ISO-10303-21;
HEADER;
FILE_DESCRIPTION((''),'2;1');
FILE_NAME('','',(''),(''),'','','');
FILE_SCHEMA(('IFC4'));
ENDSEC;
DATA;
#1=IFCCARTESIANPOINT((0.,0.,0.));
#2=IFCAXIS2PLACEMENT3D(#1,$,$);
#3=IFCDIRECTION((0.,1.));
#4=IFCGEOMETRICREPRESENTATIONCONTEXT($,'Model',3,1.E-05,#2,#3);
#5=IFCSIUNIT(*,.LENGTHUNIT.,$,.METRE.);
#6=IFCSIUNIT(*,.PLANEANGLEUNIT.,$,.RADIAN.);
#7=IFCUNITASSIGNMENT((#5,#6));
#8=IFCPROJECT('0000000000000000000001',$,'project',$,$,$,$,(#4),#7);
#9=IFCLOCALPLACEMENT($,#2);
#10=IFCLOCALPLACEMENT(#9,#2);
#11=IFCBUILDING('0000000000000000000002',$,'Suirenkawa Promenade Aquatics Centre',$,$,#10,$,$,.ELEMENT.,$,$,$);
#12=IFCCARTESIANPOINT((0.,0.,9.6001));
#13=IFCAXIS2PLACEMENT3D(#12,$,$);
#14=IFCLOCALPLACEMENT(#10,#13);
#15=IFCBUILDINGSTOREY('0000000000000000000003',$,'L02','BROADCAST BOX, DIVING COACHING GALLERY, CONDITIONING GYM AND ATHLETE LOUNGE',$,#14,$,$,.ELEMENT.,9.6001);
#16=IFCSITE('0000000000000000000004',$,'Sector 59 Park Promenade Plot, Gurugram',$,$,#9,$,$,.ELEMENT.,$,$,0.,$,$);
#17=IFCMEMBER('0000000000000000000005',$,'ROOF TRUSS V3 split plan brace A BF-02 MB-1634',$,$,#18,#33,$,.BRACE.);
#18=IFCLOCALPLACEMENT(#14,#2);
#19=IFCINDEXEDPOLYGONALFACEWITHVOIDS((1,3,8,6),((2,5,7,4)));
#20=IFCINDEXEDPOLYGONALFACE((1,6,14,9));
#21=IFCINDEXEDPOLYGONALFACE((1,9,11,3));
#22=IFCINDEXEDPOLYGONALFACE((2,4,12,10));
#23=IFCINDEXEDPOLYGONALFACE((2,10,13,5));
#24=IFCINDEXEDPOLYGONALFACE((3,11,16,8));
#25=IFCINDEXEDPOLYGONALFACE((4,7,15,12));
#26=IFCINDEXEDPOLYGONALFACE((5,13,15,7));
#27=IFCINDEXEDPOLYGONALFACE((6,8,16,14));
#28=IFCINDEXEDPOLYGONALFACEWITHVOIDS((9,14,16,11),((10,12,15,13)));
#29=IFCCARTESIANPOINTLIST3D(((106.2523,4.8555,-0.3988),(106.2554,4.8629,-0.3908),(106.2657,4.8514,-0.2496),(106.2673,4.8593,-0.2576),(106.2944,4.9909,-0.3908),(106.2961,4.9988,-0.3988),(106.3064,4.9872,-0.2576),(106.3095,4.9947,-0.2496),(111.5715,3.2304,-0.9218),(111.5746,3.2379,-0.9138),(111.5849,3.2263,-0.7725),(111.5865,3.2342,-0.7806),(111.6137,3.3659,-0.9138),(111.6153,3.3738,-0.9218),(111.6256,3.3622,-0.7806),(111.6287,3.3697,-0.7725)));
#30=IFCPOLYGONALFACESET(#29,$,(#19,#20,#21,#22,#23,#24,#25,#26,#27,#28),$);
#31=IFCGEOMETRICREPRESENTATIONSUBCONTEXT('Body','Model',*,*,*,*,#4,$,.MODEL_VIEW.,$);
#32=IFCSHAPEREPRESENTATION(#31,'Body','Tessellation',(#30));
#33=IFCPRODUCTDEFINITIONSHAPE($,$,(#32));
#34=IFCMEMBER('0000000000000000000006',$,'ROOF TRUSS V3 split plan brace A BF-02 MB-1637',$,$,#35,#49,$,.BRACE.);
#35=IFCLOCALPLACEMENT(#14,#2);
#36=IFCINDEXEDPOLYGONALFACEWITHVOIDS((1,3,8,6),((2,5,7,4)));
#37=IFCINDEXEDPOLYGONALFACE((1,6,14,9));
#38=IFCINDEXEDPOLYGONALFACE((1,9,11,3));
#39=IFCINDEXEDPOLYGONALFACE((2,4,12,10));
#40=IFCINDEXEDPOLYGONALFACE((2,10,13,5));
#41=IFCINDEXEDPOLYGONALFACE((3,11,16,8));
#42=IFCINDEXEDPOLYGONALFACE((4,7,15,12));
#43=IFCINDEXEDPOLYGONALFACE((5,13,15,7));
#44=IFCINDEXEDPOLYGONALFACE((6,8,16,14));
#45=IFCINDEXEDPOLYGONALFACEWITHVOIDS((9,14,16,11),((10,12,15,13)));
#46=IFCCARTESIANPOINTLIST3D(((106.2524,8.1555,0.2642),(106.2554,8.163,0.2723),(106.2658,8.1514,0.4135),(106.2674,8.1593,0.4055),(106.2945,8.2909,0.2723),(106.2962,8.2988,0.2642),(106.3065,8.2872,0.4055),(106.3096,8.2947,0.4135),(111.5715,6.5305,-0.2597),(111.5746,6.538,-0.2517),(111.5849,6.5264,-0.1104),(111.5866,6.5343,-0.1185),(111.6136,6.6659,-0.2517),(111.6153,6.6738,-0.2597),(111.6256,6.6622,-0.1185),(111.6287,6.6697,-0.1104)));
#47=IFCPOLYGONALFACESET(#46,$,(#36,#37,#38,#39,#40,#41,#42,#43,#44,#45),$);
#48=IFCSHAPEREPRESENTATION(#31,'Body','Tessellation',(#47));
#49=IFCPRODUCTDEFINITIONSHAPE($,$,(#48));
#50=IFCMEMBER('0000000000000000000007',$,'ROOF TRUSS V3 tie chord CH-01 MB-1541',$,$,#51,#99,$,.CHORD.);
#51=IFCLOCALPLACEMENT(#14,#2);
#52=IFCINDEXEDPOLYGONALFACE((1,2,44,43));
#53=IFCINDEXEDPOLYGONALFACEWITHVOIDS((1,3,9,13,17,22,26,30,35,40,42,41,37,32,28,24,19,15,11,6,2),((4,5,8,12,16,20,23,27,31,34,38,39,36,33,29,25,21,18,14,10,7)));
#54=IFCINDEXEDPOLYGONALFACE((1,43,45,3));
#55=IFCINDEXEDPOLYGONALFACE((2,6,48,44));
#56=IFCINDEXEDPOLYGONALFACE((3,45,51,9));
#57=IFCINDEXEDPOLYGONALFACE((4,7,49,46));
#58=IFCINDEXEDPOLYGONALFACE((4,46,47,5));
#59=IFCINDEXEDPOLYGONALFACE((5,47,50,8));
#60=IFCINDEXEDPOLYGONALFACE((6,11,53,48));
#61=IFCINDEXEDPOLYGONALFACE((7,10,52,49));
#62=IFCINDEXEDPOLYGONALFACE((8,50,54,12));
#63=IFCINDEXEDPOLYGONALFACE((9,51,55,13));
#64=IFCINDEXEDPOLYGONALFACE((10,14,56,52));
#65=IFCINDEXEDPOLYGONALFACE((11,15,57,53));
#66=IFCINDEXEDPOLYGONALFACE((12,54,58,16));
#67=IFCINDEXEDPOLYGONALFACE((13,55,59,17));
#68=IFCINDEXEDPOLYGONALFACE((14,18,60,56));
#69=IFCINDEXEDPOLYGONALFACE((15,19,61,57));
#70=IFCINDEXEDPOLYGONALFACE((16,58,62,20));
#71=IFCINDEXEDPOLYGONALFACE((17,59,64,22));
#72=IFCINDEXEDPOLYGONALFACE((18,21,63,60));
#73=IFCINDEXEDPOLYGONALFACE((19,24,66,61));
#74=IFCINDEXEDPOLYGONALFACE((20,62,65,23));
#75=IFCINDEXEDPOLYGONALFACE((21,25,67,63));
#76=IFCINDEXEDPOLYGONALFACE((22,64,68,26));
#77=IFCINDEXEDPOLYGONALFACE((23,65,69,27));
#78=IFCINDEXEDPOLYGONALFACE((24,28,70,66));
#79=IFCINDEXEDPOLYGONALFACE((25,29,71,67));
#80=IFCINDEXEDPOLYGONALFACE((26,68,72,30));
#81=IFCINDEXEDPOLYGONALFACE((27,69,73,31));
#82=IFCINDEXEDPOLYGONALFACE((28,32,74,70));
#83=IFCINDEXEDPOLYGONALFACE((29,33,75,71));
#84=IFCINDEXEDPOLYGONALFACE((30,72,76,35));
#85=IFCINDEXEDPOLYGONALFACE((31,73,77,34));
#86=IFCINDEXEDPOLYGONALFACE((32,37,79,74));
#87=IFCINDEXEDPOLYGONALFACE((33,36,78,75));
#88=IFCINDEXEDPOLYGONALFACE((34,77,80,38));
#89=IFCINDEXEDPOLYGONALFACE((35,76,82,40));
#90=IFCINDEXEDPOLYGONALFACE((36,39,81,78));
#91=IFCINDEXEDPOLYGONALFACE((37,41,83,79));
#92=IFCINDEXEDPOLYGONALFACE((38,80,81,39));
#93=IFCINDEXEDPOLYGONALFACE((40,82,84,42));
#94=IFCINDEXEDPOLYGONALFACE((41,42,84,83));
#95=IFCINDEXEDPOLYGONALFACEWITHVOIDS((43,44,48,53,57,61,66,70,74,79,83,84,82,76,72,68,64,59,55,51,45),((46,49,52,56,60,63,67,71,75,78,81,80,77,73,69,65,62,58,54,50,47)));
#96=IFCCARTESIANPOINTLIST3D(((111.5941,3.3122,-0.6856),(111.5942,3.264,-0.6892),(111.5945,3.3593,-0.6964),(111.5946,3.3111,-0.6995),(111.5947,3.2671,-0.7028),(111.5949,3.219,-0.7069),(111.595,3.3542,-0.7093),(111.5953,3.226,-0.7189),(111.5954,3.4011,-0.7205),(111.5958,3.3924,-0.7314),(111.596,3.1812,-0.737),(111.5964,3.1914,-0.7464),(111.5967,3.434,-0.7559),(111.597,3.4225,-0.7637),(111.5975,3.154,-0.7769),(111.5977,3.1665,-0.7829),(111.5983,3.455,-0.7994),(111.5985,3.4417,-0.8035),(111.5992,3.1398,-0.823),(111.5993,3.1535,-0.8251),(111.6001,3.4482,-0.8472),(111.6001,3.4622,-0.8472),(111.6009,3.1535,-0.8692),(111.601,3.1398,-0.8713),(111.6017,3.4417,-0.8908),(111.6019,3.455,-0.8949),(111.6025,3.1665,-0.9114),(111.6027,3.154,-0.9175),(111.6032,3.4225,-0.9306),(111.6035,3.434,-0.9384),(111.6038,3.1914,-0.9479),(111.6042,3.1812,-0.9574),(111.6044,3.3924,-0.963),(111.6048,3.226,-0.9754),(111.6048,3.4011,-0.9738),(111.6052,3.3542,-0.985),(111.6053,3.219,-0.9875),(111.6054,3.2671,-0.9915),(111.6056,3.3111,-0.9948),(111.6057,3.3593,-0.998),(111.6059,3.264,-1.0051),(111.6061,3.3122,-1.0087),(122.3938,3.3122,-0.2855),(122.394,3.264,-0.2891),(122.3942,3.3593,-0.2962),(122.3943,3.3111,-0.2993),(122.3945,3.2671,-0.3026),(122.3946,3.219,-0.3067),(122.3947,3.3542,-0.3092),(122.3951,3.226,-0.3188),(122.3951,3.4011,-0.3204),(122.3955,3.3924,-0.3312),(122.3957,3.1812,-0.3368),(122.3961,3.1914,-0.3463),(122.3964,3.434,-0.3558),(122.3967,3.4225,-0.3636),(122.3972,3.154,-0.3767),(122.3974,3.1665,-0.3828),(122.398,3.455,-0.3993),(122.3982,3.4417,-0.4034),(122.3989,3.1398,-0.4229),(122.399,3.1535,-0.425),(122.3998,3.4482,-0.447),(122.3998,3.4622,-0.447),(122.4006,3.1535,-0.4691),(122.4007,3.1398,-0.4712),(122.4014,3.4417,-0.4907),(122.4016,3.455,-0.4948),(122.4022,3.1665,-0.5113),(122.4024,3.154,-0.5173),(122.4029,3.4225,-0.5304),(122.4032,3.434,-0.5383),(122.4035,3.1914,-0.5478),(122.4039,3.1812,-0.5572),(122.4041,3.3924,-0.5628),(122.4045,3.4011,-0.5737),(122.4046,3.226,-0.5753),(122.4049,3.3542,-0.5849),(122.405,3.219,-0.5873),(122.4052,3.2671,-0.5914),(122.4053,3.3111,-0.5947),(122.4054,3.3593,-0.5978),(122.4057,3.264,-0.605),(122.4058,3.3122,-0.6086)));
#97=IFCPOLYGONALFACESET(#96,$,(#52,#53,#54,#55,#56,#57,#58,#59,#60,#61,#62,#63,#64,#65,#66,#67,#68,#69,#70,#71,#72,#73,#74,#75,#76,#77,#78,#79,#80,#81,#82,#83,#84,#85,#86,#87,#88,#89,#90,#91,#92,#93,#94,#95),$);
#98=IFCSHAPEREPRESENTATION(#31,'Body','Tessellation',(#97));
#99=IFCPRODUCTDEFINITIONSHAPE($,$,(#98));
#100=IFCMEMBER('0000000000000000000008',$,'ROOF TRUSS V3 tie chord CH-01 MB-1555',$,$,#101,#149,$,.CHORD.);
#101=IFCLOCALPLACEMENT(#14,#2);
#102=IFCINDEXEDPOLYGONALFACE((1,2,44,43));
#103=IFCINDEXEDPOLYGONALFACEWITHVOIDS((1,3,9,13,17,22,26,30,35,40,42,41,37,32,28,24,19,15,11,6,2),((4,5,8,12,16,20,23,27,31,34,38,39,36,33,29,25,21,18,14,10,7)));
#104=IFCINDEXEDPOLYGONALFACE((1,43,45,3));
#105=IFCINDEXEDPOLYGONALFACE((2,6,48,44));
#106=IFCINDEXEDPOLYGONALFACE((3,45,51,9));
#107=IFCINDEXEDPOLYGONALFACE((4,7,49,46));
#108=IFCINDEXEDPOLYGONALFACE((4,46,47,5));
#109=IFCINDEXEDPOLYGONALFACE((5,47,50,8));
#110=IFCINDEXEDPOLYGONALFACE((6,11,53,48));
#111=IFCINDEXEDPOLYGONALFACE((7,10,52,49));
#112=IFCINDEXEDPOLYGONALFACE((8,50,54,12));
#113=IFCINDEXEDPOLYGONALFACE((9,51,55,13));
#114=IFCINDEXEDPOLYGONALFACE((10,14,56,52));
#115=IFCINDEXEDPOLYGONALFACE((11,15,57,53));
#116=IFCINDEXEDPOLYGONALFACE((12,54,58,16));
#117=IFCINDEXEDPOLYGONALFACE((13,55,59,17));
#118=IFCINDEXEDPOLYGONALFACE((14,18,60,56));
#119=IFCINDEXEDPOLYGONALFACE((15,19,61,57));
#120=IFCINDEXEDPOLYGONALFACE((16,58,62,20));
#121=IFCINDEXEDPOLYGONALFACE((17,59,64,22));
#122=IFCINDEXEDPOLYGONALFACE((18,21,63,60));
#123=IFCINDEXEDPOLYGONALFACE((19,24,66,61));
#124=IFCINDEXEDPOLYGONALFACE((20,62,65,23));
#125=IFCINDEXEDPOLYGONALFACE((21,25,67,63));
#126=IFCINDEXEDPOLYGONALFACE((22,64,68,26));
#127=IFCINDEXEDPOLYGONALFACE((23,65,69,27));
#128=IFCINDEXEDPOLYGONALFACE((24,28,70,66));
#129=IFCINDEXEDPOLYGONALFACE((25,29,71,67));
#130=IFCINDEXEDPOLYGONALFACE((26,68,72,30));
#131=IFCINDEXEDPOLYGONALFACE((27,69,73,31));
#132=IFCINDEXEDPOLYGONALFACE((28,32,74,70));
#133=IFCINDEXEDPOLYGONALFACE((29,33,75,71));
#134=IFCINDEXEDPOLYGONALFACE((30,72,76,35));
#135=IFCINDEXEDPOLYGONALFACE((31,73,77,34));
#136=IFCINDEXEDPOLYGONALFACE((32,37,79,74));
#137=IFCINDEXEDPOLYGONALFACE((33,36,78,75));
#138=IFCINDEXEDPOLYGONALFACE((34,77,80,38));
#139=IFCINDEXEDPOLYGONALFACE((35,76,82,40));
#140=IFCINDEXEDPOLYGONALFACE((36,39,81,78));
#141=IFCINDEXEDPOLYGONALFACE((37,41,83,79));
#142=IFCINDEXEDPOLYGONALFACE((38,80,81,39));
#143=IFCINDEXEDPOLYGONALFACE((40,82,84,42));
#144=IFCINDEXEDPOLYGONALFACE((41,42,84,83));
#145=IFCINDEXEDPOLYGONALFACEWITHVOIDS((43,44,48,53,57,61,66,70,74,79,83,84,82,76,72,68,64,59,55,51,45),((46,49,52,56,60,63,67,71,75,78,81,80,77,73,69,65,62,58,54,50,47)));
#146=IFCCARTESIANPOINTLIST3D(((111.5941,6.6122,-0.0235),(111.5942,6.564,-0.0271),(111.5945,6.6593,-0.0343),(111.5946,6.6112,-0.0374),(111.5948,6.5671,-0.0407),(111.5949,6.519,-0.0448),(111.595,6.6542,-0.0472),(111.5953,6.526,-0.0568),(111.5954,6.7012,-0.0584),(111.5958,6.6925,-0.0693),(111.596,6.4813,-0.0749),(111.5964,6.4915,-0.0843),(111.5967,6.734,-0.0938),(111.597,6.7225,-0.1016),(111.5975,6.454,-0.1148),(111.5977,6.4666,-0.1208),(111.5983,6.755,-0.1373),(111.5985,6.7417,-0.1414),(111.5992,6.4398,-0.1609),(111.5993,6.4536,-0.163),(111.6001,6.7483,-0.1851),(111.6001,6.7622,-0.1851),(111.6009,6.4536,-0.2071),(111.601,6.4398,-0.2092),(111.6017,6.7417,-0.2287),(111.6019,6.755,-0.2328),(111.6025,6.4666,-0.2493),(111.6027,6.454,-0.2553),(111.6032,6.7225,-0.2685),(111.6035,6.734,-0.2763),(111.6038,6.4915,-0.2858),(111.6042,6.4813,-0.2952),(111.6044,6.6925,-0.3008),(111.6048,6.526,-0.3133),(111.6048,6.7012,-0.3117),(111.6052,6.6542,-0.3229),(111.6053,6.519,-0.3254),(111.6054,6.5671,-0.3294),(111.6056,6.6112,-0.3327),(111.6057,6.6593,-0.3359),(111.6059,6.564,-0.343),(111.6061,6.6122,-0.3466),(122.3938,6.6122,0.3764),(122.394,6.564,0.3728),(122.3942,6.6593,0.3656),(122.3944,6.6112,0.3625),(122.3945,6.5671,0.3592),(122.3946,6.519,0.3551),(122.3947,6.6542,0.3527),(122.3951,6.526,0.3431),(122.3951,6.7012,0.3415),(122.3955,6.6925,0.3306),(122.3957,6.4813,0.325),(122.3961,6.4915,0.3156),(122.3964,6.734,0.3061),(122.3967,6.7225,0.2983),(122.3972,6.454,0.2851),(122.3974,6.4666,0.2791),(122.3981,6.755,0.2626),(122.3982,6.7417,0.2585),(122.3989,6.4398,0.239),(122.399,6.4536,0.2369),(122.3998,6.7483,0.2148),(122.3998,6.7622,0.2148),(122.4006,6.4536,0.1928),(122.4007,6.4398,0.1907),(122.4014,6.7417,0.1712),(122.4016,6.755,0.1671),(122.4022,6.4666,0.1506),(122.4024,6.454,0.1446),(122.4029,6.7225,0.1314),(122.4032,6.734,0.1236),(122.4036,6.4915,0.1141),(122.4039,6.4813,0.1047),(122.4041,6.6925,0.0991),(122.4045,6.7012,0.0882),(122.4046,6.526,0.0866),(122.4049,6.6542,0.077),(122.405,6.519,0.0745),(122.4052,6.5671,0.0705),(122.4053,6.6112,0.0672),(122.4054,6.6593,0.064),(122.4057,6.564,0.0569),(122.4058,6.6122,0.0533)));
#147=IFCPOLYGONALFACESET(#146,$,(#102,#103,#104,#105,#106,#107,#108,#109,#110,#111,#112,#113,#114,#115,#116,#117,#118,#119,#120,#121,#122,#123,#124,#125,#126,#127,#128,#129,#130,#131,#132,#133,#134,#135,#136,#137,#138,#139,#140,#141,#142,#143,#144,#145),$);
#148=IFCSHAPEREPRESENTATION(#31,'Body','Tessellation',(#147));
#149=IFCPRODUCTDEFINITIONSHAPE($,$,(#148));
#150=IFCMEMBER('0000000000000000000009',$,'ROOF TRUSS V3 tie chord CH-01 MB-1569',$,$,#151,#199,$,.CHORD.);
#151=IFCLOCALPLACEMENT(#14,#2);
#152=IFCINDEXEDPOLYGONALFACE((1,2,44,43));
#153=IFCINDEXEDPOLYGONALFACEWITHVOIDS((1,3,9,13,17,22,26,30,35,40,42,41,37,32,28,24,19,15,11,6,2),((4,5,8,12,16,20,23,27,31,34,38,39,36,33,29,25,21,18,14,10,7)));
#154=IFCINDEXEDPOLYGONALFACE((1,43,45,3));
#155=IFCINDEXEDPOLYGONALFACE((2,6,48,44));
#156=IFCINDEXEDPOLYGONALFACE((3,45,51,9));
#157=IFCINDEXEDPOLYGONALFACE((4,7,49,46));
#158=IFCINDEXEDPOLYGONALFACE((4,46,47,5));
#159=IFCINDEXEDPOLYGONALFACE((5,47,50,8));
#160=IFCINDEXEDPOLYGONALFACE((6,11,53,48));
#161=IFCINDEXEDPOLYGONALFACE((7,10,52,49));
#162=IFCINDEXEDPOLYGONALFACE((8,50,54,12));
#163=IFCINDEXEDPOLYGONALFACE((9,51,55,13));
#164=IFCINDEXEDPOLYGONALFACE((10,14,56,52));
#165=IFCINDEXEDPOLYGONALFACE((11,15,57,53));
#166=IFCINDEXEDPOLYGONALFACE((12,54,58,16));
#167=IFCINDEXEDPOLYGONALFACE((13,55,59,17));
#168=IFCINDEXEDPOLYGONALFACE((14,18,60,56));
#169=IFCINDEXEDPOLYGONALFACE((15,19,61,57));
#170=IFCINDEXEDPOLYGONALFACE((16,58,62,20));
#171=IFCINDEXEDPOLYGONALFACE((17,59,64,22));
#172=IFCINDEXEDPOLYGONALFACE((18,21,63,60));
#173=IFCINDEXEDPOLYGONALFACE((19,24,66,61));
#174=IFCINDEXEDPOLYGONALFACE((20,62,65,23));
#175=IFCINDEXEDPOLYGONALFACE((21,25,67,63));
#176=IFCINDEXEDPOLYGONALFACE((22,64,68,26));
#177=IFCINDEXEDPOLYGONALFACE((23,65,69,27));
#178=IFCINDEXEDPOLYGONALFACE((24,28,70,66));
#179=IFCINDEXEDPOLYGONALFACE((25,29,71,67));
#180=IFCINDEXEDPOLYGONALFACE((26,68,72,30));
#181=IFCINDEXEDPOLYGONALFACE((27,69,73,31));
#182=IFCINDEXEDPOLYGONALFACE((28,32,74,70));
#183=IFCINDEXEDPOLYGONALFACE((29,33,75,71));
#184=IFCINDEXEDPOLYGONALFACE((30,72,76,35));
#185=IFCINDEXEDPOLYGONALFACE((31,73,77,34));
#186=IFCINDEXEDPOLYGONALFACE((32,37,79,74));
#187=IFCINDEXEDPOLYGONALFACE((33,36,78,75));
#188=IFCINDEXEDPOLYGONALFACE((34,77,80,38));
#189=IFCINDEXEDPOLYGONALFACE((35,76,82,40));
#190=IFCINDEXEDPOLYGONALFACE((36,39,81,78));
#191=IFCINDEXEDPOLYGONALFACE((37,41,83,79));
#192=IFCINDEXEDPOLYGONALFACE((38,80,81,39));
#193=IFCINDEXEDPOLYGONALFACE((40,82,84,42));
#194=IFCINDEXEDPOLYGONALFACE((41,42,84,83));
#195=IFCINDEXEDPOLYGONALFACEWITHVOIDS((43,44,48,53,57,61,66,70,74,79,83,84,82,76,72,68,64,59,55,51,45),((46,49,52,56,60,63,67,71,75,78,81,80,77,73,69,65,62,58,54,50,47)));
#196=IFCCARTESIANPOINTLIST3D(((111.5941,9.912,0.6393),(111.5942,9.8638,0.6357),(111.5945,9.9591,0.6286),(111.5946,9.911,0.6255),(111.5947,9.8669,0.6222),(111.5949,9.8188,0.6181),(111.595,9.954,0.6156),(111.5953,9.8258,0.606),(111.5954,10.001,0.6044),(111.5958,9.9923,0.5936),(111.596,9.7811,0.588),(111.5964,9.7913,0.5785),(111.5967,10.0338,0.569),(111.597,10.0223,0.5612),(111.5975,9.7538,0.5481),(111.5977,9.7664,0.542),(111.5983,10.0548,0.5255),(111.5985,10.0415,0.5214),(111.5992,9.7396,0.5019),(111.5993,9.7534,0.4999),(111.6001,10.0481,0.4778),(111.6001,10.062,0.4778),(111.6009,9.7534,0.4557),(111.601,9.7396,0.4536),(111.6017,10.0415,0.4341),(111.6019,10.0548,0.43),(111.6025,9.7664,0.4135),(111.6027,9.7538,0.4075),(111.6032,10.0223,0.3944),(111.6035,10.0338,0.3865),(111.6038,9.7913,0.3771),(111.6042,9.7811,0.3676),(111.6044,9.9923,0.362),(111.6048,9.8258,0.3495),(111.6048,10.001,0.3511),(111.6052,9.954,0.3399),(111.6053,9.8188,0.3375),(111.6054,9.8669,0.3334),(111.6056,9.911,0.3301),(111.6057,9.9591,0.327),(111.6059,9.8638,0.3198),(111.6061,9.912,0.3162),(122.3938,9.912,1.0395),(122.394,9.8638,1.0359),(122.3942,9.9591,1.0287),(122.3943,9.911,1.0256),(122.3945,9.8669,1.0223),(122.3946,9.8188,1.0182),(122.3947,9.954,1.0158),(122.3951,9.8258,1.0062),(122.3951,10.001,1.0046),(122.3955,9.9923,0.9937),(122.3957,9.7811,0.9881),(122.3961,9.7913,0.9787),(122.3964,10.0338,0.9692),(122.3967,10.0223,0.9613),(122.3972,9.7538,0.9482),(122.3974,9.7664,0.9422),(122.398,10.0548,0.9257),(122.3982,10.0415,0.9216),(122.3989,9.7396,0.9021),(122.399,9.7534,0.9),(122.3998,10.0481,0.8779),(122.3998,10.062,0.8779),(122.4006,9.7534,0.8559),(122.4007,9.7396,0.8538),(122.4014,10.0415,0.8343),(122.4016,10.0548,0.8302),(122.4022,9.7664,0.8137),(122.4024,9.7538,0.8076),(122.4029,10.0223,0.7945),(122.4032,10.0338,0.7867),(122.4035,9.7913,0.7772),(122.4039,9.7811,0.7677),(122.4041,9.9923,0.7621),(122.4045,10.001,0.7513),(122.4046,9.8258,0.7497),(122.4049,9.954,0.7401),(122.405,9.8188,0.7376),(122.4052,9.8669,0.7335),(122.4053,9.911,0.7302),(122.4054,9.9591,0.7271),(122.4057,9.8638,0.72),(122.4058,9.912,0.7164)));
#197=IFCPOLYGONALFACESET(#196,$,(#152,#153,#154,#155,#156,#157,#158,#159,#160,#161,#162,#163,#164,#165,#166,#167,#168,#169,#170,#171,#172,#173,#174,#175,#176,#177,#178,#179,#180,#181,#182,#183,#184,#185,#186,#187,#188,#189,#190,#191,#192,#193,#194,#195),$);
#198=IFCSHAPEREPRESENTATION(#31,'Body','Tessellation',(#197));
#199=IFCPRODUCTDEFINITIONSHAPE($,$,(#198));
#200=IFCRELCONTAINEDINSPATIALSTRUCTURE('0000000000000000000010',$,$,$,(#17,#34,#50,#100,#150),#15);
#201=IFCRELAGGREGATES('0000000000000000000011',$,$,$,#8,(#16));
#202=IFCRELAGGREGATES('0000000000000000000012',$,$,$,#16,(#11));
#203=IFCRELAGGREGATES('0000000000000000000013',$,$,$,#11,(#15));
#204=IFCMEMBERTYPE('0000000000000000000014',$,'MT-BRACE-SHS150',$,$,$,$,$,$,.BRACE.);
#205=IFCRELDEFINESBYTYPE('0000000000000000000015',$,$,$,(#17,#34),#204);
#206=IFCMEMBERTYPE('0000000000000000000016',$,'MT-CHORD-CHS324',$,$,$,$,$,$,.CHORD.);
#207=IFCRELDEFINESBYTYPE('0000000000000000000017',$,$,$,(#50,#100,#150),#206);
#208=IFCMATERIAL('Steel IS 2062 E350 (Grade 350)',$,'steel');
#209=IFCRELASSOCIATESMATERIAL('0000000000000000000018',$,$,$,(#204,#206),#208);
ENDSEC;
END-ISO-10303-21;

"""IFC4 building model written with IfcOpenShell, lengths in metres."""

from ifc_helpers import new_model, si_unit, direction, frame, origin, origin_2d, place, context, subcontext, project, spatial, hollow_rectangle, hollow_circle, extrude, material, material_profile, profile_set, type_object, element, save


model = new_model("IFC4")

# Units and contexts
model_context = context("Model", 3, precision=1e-05, world=origin(), true_north=direction((0.0, 1.0)))
body_context = subcontext(model_context, "Body", "Model", "MODEL_VIEW")
ifc_project = project(units=[si_unit("LENGTHUNIT", "METRE"), si_unit("PLANEANGLEUNIT", "RADIAN")], contexts=[model_context])

# Site, building, storey
site_placement = place(None, origin())
site = spatial("IfcSite", under=ifc_project, at=site_placement, Name="Sector 59 Park Promenade Plot, Gurugram", CompositionType="ELEMENT", RefElevation=0.0)
building_placement = place(site_placement, origin())
building = spatial("IfcBuilding", under=site, at=building_placement, Name="Suirenkawa Promenade Aquatics Centre", CompositionType="ELEMENT")
storey_placement = place(building_placement, frame((0.0, 0.0, 9.6001)))
storey = spatial("IfcBuildingStorey", under=building, at=storey_placement, Name="L02", Description="BROADCAST BOX, DIVING COACHING GALLERY, CONDITIONING GYM AND ATHLETE LOUNGE", CompositionType="ELEMENT", Elevation=9.6001)

# Shared definitions
ifc_material = material(Name="Steel IS 2062 E350 (Grade 350)", Category="steel")

# Members
ifc_material_profile_1 = material_profile(ifc_material, hollow_rectangle(XDim=0.1499, YDim=0.1499, WallThickness=0.0081, at=origin_2d()), Name="SHS 150x150x8", Category="steel")
ifc_profile_set_1 = profile_set([ifc_material_profile_1], Name="Steel IS 2062 E350 (Grade 350)")
member_type_1 = type_object("IfcMemberType", Name="MT-BRACE-SHS150", PredefinedType="BRACE", material=ifc_profile_set_1)
for number, where, z_axis, x_axis, name in (
    (1, (111.6001, 3.3, -0.8472), (-0.952166, 0.29089, 0.093613), (-0.292173, -0.956366, 0.0), "ROOF TRUSS V3 split plan brace A BF-02 MB-1634"),
    (2, (111.6001, 6.6001, -0.1851), (-0.95215, 0.290885, 0.093786), (-0.292173, -0.956366, 0.0), "ROOF TRUSS V3 split plan brace A BF-02 MB-1637"),
):
    element("IfcMember", number, at=place(storey_placement, frame(where, z_axis=z_axis, x_axis=x_axis)), inside=storey, type_object=member_type_1, Name=name, PredefinedType="BRACE", context=body_context, shape_type="SweptSolid", body=[
        extrude(hollow_rectangle(XDim=0.1499, YDim=0.1499, WallThickness=0.0081, at=origin_2d()), origin(), (0.0, 0.0, 1.0), 5.5864),
    ])
ifc_material_profile_2 = material_profile(ifc_material, hollow_circle(Radius=0.1621, WallThickness=0.0139, at=origin_2d()), Name="CHS 324x14", Category="steel")
ifc_profile_set_2 = profile_set([ifc_material_profile_2], Name="Steel IS 2062 E350 (Grade 350)")
member_type_2 = type_object("IfcMemberType", Name="MT-CHORD-CHS324", PredefinedType="CHORD", material=ifc_profile_set_2)
for number, where, z_axis, x_axis, name in (
    (3, (111.6001, 3.3, -0.8472), (0.999314, 0.0, 0.037026), (0.0, 1.0, 0.0), "ROOF TRUSS V3 tie chord CH-01 MB-1541"),
    (4, (111.6001, 6.6001, -0.1851), (0.999315, 0.0, 0.037003), (0.0, 1.0, 0.0), "ROOF TRUSS V3 tie chord CH-01 MB-1555"),
    (5, (111.6001, 9.8999, 0.4778), (0.999314, 0.0, 0.037026), (0.0, 1.0, 0.0), "ROOF TRUSS V3 tie chord CH-01 MB-1569"),
):
    element("IfcMember", number, at=place(storey_placement, frame(where, z_axis=z_axis, x_axis=x_axis)), inside=storey, type_object=member_type_2, Name=name, PredefinedType="CHORD", context=body_context, shape_type="SweptSolid", body=[
        extrude(hollow_circle(Radius=0.1621, WallThickness=0.0139, at=origin_2d()), origin(), (0.0, 0.0, 1.0), 10.8071),
    ])

save(model, "model.ifc")
